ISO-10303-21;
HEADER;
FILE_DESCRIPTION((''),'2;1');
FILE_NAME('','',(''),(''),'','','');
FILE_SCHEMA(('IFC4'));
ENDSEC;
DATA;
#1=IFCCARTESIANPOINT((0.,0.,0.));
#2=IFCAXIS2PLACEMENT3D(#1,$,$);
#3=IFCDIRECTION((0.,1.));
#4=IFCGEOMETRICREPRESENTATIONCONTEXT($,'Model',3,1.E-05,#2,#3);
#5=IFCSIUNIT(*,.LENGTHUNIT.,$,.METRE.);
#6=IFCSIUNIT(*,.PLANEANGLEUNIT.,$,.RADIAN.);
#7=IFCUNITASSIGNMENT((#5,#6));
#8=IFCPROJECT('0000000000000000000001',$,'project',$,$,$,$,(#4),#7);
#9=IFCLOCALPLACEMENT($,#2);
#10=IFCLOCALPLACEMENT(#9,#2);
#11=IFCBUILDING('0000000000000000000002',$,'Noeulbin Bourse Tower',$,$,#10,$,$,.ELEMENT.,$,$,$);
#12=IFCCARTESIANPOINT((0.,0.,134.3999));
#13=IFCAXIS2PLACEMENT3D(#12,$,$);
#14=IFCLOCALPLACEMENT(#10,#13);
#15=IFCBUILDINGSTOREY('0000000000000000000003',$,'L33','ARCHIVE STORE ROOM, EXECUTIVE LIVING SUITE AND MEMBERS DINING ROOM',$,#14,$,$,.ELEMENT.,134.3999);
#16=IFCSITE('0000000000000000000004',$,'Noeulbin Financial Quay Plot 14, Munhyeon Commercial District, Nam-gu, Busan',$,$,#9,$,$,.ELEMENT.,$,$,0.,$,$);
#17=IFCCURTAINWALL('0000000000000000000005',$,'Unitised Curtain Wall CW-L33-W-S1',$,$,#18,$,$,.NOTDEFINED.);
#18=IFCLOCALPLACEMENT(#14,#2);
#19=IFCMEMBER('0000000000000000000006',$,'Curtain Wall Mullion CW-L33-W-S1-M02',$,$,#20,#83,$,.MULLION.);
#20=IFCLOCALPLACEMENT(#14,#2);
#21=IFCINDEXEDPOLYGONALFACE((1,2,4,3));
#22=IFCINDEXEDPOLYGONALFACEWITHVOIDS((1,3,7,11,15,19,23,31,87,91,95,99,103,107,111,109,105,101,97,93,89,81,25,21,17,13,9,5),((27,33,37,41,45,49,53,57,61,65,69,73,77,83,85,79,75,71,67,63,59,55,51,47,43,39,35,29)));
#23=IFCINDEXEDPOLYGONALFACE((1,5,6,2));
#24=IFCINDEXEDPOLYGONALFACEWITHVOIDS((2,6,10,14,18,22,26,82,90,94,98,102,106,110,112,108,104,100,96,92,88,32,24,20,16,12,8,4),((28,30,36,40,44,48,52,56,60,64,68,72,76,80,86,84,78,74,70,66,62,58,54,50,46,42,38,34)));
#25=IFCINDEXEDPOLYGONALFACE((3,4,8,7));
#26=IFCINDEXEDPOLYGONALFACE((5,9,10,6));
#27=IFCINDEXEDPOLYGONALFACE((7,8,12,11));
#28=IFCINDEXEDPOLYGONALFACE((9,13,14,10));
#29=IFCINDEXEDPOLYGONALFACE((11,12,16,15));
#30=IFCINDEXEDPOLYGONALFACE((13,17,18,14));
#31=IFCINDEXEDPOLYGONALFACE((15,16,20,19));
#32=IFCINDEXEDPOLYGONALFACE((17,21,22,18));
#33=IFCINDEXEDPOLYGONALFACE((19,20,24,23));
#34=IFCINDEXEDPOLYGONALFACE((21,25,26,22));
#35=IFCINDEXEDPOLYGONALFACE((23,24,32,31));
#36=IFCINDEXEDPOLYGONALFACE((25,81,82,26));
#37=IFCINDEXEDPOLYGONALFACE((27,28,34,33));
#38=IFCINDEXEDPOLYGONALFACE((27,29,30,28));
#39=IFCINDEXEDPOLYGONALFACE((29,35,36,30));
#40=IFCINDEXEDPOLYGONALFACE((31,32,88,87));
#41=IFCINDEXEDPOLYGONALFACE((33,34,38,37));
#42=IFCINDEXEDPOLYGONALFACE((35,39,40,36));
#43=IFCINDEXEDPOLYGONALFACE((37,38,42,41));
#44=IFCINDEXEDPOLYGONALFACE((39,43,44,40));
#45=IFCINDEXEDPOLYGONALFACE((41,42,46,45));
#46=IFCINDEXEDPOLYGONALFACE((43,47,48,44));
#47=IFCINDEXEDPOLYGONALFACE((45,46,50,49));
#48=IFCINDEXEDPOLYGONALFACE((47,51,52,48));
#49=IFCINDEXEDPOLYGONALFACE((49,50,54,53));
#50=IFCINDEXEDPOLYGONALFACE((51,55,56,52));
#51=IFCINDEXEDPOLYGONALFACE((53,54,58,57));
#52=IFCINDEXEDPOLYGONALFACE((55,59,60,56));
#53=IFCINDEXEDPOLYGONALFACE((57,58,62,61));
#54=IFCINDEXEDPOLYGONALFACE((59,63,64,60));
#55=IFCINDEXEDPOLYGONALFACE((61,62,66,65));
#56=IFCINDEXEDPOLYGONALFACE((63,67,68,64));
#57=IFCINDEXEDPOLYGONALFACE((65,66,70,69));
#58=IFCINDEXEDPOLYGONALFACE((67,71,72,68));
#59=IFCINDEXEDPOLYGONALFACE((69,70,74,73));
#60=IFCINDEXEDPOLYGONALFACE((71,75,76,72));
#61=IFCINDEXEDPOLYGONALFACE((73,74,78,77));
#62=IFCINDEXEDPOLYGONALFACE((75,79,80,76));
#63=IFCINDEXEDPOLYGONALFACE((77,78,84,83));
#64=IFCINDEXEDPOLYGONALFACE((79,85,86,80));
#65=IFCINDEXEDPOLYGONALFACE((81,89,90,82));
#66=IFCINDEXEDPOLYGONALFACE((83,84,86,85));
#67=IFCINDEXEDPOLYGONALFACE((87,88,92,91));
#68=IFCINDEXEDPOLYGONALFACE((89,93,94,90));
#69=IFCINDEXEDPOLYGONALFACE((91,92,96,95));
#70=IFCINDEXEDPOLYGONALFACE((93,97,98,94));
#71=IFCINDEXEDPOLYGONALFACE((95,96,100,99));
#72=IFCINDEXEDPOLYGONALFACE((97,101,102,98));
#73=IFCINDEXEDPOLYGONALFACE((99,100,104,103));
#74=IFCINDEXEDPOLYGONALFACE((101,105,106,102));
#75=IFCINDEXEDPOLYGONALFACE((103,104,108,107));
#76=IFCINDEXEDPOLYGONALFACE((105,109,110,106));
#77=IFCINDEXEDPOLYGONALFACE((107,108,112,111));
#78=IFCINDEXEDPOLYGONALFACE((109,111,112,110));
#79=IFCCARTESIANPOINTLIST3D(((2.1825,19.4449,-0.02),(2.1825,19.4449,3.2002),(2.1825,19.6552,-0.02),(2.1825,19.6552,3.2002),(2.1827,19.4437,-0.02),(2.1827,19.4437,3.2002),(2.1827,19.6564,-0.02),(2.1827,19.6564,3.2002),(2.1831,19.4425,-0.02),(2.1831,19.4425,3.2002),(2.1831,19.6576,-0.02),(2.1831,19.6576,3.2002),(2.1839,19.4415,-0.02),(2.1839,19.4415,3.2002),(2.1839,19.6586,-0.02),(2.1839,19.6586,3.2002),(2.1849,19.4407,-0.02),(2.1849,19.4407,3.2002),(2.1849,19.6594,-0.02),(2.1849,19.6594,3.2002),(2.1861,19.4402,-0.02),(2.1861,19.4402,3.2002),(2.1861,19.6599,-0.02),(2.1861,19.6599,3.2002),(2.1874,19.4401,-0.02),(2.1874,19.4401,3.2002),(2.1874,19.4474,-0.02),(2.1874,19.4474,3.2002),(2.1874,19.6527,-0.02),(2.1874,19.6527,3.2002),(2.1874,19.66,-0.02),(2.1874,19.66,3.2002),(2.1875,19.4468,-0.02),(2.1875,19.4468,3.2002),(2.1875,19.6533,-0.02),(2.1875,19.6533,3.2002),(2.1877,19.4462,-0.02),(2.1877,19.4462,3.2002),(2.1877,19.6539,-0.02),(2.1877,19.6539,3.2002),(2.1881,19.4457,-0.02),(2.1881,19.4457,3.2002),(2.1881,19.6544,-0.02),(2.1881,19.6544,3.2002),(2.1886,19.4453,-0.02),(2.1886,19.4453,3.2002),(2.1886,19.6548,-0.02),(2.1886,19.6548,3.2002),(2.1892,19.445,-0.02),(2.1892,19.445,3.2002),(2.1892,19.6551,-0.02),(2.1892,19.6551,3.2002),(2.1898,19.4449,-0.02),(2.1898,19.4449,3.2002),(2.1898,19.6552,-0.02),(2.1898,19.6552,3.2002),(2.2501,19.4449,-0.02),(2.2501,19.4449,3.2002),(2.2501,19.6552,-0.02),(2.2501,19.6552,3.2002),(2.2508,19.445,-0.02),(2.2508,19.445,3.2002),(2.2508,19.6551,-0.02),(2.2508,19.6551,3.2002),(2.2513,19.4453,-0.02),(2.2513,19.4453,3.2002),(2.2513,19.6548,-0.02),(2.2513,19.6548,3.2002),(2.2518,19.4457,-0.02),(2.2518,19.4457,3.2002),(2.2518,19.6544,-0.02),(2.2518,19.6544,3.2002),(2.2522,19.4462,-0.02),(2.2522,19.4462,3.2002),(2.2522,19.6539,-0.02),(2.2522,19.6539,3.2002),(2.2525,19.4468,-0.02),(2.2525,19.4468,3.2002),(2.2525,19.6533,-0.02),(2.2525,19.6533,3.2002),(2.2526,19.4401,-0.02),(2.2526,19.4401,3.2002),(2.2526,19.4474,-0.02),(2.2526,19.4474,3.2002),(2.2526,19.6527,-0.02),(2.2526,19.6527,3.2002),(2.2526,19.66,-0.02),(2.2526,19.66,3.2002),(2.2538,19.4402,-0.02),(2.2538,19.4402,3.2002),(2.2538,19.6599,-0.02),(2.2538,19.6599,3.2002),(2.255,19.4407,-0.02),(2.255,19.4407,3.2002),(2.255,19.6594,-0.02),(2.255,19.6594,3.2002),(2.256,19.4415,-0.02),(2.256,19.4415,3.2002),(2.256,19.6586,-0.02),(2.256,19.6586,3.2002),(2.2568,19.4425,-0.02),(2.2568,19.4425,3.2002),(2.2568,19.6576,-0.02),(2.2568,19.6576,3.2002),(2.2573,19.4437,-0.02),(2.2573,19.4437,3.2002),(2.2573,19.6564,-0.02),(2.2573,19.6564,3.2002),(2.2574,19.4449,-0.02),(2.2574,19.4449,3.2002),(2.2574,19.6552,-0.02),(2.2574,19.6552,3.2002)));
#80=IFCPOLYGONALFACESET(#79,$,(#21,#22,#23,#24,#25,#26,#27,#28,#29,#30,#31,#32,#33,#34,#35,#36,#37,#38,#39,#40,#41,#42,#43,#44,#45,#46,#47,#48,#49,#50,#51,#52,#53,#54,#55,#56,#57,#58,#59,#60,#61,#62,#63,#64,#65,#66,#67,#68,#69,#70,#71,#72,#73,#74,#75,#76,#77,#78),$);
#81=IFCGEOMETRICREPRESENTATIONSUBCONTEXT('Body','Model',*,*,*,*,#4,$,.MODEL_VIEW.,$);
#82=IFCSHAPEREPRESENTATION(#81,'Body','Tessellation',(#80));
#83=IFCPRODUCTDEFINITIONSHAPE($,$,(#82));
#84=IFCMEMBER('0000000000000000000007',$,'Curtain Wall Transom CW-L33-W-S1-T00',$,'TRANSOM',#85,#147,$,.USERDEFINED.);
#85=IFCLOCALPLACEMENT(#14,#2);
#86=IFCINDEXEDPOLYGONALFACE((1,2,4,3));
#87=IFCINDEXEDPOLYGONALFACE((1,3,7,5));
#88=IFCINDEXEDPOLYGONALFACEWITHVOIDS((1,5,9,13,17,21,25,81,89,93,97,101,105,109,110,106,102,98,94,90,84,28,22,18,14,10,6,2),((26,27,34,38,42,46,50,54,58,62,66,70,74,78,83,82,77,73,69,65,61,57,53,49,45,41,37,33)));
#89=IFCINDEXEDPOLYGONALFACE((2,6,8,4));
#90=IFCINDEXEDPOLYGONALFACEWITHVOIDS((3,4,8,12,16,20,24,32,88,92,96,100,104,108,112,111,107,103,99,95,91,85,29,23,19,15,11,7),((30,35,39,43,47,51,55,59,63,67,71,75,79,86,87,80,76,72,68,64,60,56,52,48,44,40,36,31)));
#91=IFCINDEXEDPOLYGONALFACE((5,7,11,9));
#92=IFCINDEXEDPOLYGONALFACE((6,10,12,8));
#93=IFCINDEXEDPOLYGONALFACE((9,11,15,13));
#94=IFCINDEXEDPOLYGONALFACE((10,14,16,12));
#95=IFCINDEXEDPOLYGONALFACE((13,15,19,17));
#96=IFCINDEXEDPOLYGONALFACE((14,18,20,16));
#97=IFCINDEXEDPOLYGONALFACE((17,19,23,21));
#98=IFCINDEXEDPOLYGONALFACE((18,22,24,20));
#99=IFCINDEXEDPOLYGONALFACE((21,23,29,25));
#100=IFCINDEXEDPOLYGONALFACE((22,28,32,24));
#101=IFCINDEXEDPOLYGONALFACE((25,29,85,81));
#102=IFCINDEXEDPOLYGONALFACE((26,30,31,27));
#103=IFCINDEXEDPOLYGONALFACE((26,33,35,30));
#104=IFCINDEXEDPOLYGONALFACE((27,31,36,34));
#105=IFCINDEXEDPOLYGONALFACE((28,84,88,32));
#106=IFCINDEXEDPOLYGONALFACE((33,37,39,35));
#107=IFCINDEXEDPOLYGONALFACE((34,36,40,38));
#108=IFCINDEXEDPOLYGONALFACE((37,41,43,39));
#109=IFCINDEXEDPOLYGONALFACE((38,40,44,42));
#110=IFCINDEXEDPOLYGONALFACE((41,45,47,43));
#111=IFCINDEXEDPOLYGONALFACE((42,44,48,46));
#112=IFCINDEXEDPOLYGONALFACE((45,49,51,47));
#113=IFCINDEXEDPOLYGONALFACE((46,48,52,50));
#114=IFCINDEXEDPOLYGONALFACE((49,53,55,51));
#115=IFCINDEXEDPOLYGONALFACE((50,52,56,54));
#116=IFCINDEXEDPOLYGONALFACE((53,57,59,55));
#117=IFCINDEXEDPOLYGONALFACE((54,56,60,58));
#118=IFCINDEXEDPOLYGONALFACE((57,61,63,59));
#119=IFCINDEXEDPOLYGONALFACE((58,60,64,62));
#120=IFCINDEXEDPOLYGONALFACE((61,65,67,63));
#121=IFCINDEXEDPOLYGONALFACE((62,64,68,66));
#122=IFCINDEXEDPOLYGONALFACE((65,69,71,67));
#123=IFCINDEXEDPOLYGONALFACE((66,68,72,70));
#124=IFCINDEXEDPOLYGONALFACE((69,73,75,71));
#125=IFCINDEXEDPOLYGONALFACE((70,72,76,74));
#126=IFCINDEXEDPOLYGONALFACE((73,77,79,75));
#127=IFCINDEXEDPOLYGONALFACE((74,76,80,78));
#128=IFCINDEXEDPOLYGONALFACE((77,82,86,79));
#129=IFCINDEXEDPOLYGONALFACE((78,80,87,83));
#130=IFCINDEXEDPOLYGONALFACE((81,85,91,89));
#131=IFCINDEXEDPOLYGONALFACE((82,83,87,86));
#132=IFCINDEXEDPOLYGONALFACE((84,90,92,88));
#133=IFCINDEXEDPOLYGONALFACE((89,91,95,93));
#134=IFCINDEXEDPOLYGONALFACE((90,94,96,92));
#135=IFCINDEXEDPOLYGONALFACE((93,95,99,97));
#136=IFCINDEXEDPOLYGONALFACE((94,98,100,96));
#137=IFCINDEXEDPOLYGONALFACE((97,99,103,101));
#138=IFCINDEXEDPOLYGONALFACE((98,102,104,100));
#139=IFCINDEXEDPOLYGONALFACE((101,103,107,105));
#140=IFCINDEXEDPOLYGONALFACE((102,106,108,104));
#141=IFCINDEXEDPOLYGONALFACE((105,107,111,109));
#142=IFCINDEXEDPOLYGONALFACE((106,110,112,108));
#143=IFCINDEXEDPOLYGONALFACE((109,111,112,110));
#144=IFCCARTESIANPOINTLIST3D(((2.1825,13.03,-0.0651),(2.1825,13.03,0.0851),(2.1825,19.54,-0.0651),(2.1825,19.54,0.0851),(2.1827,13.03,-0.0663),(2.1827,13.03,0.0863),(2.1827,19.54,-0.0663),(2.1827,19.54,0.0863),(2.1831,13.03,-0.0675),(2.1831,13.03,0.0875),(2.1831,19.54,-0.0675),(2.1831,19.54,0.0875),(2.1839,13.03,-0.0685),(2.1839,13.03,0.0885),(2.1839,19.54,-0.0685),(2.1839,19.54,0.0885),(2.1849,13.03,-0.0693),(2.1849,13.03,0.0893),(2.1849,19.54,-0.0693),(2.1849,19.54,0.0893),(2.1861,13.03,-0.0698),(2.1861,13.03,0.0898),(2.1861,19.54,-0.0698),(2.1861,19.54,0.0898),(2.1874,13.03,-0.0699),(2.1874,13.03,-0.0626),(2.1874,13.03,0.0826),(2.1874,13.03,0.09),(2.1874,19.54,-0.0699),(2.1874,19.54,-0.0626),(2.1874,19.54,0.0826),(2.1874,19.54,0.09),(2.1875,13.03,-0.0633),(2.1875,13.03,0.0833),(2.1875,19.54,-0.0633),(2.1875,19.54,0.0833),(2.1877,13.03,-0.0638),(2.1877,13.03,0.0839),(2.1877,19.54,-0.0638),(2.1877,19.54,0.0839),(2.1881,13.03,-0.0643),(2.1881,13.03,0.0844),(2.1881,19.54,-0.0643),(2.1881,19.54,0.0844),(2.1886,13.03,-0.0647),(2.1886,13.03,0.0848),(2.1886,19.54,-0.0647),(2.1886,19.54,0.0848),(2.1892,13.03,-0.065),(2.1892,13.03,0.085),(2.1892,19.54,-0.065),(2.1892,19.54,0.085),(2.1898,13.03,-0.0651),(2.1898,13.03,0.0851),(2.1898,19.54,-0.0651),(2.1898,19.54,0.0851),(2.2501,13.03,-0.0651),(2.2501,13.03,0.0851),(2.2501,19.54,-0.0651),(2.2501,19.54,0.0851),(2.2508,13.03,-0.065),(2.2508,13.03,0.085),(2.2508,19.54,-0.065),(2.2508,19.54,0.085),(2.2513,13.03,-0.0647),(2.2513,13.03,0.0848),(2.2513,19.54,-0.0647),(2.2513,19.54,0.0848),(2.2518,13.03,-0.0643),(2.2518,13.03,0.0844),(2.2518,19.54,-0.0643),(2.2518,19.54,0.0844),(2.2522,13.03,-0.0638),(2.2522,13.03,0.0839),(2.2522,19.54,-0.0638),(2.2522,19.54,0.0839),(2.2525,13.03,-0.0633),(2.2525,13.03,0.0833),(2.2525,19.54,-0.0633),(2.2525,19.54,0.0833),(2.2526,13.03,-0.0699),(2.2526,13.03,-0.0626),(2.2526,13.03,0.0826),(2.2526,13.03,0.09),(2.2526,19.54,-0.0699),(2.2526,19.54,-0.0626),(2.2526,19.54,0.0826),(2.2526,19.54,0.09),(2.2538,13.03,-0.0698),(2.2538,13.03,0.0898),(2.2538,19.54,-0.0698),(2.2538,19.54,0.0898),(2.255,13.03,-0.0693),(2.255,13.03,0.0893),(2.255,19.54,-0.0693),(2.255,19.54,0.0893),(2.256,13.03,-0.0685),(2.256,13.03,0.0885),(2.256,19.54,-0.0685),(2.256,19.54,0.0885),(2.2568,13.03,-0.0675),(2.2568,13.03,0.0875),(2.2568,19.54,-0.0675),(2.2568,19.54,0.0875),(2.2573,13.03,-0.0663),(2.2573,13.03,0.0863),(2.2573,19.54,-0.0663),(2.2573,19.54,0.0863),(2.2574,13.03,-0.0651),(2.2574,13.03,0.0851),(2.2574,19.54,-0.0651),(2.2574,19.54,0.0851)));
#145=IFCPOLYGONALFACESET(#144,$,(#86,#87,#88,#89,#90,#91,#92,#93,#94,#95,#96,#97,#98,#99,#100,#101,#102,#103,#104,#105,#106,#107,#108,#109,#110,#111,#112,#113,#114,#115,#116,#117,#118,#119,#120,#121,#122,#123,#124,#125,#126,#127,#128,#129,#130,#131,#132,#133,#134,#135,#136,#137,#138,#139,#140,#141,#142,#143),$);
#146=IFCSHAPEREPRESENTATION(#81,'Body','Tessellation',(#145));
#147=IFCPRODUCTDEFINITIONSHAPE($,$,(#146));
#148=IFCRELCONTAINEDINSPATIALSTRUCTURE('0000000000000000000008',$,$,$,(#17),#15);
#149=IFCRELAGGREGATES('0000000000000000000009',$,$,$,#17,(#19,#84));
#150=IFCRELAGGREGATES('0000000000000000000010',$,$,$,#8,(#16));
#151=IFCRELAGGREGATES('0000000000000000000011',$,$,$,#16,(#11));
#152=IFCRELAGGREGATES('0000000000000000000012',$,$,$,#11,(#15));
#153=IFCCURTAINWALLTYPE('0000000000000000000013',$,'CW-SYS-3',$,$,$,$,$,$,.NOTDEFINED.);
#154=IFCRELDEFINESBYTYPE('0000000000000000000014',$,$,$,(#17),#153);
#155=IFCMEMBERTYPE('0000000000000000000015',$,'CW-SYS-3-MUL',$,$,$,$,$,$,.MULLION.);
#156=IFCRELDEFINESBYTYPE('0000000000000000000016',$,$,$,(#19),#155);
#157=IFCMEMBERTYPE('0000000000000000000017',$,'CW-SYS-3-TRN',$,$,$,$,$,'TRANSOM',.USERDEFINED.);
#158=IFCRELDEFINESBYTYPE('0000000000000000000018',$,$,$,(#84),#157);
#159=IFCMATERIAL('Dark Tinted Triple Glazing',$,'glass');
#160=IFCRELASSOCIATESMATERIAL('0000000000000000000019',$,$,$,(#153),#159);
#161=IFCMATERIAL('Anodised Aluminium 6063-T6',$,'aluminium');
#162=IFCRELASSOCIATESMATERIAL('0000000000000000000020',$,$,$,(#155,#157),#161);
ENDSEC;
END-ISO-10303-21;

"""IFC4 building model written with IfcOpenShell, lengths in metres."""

from ifc_helpers import new_model, si_unit, direction, frame, origin, origin_2d, place, context, subcontext, project, spatial, hollow_rectangle, extrude, material, material_profile, profile_set, type_object, element, aggregate, save


model = new_model("IFC4")

# Units and contexts
model_context = context("Model", 3, precision=1e-05, world=origin(), true_north=direction((0.0, 1.0)))
body_context = subcontext(model_context, "Body", "Model", "MODEL_VIEW")
ifc_project = project(units=[si_unit("LENGTHUNIT", "METRE"), si_unit("PLANEANGLEUNIT", "RADIAN")], contexts=[model_context])

# Site, building, storey
site_placement = place(None, origin())
site = spatial("IfcSite", under=ifc_project, at=site_placement, Name="Noeulbin Financial Quay Plot 14, Munhyeon Commercial District, Nam-gu, Busan", CompositionType="ELEMENT", RefElevation=0.0)
building_placement = place(site_placement, origin())
building = spatial("IfcBuilding", under=site, at=building_placement, Name="Noeulbin Bourse Tower", CompositionType="ELEMENT")
storey_placement = place(building_placement, frame((0.0, 0.0, 134.3999)))
storey = spatial("IfcBuildingStorey", under=building, at=storey_placement, Name="L33", Description="ARCHIVE STORE ROOM, EXECUTIVE LIVING SUITE AND MEMBERS DINING ROOM", CompositionType="ELEMENT", Elevation=134.3999)

# Curtain wall, members
ifc_material_1 = material(Name="Dark Tinted Triple Glazing", Category="glass")
curtain_wall_type = type_object("IfcCurtainWallType", Name="CW-SYS-3", PredefinedType="NOTDEFINED", material=ifc_material_1)
curtain_wall_placement = place(storey_placement, origin())
curtain_wall = element("IfcCurtainWall", 1, at=curtain_wall_placement, inside=storey, type_object=curtain_wall_type, Name="Unitised Curtain Wall CW-L33-W-S1", PredefinedType="NOTDEFINED")
ifc_material_2 = material(Name="Anodised Aluminium 6063-T6", Category="aluminium")
ifc_material_profile_1 = material_profile(ifc_material_2, hollow_rectangle(XDim=0.075, YDim=0.22, WallThickness=0.0049, InnerFilletRadius=0.0024, OuterFilletRadius=0.0049, at=origin_2d()), Name="ALU-MULL-75x220x5", Category="LoadBearing")
ifc_profile_set_1 = profile_set([ifc_material_profile_1], Name="Anodised Aluminium 6063-T6")
member_type_1 = type_object("IfcMemberType", Name="CW-SYS-3-MUL", PredefinedType="MULLION", material=ifc_profile_set_1)
member_1_placement = place(storey_placement, frame((2.22, 19.55, -0.02), z_axis=(0.0, 0.0, 1.0), x_axis=(1.0, 0.0, 0.0)))
member_1 = element("IfcMember", 2, at=member_1_placement, type_object=member_type_1, Name="Curtain Wall Mullion CW-L33-W-S1-M02", PredefinedType="MULLION", context=body_context, shape_type="SweptSolid", body=[
    extrude(hollow_rectangle(XDim=0.075, YDim=0.22, WallThickness=0.0049, InnerFilletRadius=0.0024, OuterFilletRadius=0.0049, at=origin_2d()), origin(), (0.0, 0.0, 1.0), 3.2202),
])
ifc_material_profile_2 = material_profile(ifc_material_2, hollow_rectangle(XDim=0.075, YDim=0.1599, WallThickness=0.0049, InnerFilletRadius=0.0024, OuterFilletRadius=0.0049, at=origin_2d()), Name="ALU-TRAN-75x160x5", Category="LoadBearing")
ifc_profile_set_2 = profile_set([ifc_material_profile_2], Name="Anodised Aluminium 6063-T6")
member_type_2 = type_object("IfcMemberType", Name="CW-SYS-3-TRN", ElementType="TRANSOM", PredefinedType="USERDEFINED", material=ifc_profile_set_2)
member_2_placement = place(storey_placement, frame((2.22, 13.03, 0.01), z_axis=(0.0, 1.0, 0.0), x_axis=(-1.0, 0.0, 0.0)))
member_2 = element("IfcMember", 3, at=member_2_placement, type_object=member_type_2, Name="Curtain Wall Transom CW-L33-W-S1-T00", ObjectType="TRANSOM", PredefinedType="USERDEFINED", context=body_context, shape_type="SweptSolid", body=[
    extrude(hollow_rectangle(XDim=0.075, YDim=0.1599, WallThickness=0.0049, InnerFilletRadius=0.0024, OuterFilletRadius=0.0049, at=origin_2d()), origin(), (0.0, 0.0, 1.0), 6.51),
])
aggregate(curtain_wall, [member_1, member_2])

save(model, "model.ifc")
